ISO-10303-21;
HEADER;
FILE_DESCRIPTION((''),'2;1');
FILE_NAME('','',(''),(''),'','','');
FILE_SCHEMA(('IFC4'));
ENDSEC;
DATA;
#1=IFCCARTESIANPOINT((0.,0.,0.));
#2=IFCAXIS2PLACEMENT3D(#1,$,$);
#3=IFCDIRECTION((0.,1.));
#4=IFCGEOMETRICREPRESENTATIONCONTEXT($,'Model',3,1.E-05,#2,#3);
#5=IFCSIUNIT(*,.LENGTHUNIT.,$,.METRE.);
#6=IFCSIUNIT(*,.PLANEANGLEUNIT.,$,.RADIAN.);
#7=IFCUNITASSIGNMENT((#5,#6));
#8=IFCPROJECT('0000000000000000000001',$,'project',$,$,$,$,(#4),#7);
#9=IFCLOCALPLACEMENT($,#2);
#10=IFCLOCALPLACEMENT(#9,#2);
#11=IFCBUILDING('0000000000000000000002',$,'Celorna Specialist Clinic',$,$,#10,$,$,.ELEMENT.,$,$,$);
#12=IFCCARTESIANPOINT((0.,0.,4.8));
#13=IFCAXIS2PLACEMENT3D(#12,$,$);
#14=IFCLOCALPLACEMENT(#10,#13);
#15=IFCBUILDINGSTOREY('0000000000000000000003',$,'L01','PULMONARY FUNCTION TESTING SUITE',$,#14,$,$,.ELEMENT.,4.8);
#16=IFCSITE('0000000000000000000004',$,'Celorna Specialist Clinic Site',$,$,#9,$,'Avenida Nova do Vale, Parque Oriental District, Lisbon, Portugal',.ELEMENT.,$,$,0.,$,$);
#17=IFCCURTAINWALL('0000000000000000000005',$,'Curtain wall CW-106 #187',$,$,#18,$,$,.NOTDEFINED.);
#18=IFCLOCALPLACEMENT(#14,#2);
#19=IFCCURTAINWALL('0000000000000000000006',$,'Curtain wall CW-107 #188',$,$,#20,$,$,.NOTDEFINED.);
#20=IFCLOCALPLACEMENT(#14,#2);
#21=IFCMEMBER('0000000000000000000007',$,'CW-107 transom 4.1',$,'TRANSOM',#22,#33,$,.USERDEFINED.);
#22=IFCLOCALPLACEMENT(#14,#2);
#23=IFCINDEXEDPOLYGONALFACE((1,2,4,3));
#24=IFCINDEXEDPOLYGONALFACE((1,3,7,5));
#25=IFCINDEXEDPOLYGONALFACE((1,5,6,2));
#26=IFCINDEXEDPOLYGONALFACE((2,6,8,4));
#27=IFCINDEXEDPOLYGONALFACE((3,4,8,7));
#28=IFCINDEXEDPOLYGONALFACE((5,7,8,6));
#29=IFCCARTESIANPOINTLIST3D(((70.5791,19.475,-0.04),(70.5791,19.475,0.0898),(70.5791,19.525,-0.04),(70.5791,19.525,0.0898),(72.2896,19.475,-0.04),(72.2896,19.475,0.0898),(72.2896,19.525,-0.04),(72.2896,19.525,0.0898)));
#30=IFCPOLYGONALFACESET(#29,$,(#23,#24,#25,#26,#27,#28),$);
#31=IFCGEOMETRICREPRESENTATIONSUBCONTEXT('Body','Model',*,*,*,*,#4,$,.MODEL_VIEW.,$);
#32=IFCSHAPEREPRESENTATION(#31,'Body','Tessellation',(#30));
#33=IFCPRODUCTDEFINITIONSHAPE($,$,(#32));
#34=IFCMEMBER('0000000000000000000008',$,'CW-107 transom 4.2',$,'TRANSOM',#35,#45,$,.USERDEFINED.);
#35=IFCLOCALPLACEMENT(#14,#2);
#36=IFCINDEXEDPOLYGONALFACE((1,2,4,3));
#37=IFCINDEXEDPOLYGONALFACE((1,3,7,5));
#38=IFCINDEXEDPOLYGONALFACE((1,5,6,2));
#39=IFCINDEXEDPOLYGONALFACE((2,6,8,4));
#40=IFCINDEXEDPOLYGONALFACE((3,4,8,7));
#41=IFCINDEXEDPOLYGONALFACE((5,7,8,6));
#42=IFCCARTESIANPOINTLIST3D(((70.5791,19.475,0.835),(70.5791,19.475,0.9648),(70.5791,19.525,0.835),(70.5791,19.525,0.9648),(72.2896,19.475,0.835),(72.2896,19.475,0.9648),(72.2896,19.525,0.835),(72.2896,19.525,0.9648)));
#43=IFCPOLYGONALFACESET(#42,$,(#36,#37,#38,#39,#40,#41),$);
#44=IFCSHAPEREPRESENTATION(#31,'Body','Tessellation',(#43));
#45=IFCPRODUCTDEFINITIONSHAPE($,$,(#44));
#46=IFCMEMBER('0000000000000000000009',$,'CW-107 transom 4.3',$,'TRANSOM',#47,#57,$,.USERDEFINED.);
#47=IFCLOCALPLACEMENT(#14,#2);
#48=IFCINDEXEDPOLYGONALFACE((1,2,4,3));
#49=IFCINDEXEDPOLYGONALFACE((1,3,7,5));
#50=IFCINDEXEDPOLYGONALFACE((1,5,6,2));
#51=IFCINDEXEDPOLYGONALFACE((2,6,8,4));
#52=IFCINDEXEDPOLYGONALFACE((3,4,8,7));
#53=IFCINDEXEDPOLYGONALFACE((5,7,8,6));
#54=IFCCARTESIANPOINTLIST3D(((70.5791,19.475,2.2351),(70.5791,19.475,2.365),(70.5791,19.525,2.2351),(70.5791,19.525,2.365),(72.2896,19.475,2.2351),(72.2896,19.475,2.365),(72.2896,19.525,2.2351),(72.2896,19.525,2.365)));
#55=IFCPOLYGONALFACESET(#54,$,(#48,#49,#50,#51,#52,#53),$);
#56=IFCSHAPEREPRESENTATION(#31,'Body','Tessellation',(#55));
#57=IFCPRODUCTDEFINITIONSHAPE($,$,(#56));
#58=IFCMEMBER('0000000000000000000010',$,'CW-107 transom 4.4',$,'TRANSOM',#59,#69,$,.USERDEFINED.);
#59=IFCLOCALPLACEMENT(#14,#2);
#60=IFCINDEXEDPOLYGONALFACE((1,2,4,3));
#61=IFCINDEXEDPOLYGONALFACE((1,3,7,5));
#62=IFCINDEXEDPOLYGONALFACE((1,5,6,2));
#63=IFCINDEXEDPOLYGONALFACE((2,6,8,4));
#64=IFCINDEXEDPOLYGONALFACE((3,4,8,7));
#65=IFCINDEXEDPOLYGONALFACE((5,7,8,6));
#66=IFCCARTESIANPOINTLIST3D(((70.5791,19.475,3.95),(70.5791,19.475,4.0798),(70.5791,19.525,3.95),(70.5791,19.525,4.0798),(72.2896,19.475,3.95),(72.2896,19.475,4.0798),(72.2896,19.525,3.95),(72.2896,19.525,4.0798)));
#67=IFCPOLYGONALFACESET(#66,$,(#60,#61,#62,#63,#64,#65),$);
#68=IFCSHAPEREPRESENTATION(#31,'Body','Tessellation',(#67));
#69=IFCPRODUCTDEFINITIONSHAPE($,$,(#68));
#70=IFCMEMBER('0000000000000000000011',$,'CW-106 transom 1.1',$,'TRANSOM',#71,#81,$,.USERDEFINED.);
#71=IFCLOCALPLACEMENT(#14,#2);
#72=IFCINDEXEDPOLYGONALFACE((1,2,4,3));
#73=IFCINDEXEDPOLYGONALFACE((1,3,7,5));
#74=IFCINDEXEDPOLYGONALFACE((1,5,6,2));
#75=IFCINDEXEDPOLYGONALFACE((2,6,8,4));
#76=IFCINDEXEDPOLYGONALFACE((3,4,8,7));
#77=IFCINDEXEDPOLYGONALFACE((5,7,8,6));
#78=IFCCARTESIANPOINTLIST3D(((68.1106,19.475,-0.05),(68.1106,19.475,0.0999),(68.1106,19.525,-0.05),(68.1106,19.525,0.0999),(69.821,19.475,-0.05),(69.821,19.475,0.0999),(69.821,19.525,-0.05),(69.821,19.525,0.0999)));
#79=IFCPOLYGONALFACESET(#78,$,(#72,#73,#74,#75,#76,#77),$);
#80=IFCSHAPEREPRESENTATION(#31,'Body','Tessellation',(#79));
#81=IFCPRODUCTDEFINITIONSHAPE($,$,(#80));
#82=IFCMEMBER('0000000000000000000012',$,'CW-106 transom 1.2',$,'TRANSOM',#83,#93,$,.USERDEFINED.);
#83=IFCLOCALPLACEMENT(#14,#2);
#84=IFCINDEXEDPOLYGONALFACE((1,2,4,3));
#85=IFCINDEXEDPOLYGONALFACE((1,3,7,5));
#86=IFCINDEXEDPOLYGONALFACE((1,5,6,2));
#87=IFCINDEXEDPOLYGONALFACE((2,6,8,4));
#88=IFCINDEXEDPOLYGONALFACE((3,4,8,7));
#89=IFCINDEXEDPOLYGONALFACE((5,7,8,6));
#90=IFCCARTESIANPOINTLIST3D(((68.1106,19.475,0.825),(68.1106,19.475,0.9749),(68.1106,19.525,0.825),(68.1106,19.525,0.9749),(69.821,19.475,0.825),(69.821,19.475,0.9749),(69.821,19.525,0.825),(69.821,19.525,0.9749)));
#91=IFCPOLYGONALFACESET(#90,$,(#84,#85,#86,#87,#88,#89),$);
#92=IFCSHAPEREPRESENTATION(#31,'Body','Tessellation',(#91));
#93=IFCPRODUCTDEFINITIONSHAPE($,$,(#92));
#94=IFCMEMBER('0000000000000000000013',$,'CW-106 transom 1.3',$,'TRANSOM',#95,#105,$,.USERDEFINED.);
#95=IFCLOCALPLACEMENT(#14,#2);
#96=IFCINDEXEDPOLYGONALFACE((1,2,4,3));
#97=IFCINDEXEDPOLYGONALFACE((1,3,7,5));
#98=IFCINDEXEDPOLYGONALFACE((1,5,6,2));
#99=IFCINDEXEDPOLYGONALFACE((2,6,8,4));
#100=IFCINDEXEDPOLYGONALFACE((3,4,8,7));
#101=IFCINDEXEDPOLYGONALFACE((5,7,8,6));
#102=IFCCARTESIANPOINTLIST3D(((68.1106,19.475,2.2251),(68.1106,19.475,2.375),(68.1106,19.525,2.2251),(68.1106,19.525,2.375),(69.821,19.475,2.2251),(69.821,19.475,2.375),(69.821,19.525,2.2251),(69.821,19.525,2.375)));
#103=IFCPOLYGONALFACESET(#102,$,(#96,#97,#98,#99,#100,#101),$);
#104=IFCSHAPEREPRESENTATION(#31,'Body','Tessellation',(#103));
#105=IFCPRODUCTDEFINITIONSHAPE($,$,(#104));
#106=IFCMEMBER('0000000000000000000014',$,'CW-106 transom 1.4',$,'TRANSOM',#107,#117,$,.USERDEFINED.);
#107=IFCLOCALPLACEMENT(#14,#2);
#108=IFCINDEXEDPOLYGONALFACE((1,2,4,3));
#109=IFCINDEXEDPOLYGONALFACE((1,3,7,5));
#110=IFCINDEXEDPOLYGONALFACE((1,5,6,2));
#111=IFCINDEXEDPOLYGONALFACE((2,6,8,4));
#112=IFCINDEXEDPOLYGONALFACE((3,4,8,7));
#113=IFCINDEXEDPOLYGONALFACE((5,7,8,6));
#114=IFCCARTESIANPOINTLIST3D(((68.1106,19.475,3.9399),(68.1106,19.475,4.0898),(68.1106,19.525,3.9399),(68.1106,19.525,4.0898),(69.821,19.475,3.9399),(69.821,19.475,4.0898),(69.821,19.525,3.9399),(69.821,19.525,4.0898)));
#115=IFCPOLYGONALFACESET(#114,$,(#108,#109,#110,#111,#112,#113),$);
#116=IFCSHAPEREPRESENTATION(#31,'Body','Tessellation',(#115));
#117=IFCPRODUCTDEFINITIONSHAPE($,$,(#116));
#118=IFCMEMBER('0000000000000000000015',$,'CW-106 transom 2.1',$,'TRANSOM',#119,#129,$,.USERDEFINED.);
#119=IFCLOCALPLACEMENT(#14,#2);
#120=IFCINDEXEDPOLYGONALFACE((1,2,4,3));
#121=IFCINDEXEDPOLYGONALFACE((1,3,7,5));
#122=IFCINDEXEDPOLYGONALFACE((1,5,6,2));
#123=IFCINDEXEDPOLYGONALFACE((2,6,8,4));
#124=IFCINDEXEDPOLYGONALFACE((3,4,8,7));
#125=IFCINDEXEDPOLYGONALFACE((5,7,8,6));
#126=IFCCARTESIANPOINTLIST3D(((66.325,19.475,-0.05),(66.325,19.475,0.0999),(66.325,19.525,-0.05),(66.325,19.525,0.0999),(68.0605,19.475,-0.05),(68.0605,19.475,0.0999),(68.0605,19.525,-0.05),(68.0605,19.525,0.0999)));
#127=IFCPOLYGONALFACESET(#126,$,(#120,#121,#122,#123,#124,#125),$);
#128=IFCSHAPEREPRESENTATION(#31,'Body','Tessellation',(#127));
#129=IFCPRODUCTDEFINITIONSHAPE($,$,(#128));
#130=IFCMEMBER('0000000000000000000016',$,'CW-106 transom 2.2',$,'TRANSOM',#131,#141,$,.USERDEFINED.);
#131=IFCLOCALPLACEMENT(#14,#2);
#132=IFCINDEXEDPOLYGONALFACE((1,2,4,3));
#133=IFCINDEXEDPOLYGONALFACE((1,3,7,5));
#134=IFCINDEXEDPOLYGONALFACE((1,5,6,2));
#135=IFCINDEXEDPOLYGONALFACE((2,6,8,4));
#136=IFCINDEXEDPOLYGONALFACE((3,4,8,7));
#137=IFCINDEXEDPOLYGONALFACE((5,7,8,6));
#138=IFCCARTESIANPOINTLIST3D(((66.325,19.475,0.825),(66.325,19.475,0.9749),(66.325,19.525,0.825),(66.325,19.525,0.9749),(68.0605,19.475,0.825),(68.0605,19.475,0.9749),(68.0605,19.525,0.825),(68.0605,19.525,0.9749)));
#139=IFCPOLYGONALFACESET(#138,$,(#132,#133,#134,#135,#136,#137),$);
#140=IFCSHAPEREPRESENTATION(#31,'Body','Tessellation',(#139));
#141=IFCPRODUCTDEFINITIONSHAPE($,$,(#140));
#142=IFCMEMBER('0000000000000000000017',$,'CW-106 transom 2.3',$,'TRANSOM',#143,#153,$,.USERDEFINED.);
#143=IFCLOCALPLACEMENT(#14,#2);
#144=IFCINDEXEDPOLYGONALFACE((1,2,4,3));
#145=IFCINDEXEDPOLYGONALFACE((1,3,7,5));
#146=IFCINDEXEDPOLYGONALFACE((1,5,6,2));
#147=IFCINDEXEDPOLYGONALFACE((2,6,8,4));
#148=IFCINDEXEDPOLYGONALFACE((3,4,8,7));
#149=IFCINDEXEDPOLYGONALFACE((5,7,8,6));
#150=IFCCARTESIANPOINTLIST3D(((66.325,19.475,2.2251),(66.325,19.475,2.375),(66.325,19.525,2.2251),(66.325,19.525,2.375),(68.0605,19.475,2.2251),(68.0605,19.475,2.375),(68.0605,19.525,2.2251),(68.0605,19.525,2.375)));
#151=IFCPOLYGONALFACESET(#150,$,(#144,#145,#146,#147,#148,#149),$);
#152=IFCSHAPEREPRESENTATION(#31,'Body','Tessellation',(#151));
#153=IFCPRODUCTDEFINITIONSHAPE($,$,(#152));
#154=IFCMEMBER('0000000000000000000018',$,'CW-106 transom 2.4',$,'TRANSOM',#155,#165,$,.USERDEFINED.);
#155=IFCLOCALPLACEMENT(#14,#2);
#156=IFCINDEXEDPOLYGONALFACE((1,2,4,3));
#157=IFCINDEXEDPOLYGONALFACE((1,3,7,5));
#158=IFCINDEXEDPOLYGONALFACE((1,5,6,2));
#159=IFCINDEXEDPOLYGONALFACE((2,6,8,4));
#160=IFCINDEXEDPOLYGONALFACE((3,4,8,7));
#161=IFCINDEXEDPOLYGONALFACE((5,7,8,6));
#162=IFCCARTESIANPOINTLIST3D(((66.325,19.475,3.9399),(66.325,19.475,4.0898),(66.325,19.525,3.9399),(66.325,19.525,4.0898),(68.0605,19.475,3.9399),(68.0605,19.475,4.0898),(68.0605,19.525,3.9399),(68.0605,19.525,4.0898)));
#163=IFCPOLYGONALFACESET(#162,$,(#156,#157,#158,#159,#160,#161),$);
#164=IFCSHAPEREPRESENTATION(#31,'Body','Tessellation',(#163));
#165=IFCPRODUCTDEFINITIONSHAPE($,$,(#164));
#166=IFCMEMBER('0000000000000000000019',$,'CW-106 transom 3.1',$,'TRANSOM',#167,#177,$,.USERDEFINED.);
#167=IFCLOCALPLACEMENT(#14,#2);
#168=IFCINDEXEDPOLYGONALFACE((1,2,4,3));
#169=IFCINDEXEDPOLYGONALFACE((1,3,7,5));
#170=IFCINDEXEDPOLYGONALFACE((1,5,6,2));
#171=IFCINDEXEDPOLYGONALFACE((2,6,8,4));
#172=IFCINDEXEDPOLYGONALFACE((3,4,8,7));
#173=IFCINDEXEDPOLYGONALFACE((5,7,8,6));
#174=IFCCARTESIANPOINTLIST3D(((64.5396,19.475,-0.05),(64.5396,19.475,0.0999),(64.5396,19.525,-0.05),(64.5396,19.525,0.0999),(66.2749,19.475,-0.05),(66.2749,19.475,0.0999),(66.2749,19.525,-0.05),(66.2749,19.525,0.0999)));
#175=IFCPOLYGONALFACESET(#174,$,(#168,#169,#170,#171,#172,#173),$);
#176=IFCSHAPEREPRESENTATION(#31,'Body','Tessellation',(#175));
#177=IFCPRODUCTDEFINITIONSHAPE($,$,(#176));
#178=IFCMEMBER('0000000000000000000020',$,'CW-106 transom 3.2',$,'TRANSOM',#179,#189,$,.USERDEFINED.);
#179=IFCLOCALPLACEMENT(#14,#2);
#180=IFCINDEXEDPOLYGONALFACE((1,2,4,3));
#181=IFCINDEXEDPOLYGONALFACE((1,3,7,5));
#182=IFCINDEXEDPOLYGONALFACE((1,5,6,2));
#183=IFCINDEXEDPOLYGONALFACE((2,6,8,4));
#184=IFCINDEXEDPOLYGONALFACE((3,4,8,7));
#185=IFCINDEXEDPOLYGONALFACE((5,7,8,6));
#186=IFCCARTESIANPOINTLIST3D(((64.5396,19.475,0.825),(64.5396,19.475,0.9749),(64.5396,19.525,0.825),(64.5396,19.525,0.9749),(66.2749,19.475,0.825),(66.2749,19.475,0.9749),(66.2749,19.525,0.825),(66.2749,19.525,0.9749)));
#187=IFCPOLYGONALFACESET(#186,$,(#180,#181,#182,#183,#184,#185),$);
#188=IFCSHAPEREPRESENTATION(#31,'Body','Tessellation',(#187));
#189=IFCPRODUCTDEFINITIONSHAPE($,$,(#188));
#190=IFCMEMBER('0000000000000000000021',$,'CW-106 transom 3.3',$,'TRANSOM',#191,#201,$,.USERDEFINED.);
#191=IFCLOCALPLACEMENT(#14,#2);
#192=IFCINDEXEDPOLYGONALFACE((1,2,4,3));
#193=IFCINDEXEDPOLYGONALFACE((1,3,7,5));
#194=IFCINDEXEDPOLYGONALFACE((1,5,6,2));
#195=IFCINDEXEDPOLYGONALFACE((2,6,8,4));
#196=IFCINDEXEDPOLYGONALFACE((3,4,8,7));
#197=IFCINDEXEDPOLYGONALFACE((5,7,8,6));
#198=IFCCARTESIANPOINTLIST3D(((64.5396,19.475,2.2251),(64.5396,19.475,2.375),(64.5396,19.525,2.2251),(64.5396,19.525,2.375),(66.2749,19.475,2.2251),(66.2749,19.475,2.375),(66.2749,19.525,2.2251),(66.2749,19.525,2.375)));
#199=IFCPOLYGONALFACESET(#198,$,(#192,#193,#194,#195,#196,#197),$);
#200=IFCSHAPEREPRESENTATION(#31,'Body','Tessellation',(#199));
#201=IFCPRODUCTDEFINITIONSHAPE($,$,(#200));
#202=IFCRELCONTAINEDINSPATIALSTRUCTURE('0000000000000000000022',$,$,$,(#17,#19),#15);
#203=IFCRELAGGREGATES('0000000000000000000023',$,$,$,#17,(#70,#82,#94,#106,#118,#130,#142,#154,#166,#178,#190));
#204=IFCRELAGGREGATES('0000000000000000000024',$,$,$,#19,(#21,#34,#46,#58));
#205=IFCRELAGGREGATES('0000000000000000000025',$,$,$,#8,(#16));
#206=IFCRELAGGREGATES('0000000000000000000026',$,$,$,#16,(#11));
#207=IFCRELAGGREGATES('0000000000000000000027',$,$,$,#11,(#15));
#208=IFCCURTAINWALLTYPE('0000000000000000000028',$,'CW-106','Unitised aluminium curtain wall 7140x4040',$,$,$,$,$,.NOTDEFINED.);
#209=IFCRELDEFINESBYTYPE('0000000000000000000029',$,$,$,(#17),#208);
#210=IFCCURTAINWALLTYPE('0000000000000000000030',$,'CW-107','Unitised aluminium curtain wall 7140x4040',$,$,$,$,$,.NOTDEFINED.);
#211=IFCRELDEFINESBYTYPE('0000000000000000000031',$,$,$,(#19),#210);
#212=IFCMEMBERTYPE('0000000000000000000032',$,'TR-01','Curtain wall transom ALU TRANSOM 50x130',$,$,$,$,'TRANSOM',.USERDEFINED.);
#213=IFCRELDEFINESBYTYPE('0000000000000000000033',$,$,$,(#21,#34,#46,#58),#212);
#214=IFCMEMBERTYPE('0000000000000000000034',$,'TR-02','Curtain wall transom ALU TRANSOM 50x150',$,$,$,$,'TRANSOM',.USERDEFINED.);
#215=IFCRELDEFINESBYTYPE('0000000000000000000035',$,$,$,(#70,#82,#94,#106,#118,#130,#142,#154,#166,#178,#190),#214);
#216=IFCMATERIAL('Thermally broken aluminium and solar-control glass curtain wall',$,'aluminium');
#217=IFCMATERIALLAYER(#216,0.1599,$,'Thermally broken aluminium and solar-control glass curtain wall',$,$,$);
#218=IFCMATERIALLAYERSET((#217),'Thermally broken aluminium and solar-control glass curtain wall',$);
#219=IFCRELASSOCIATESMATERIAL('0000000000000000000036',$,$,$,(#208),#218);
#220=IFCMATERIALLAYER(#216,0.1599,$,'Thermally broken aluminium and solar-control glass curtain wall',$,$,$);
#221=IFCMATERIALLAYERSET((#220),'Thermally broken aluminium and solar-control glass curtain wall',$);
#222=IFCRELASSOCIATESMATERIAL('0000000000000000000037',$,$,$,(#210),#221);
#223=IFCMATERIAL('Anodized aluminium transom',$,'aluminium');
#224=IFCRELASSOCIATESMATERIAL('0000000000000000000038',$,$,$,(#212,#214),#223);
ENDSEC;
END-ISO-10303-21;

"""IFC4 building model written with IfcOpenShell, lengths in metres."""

from ifc_helpers import new_model, si_unit, direction, frame, origin, origin_2d, place, context, subcontext, project, spatial, rectangle, extrude, material, layer, layer_set, material_profile, profile_set, type_object, element, aggregate, save


model = new_model("IFC4")

# Units and contexts
model_context = context("Model", 3, precision=1e-05, world=origin(), true_north=direction((0.0, 1.0)))
body_context = subcontext(model_context, "Body", "Model", "MODEL_VIEW")
ifc_project = project(units=[si_unit("LENGTHUNIT", "METRE"), si_unit("PLANEANGLEUNIT", "RADIAN")], contexts=[model_context])

# Site, building, storey
site_placement = place(None, origin())
site = spatial("IfcSite", under=ifc_project, at=site_placement, Name="Celorna Specialist Clinic Site", LongName="Avenida Nova do Vale, Parque Oriental District, Lisbon, Portugal", CompositionType="ELEMENT", RefElevation=0.0)
building_placement = place(site_placement, origin())
building = spatial("IfcBuilding", under=site, at=building_placement, Name="Celorna Specialist Clinic", CompositionType="ELEMENT")
storey_placement = place(building_placement, frame((0.0, 0.0, 4.8)))
storey = spatial("IfcBuildingStorey", under=building, at=storey_placement, Name="L01", Description="PULMONARY FUNCTION TESTING SUITE", CompositionType="ELEMENT", Elevation=4.8)

# Curtain walls, members
ifc_material_1 = material(Name="Thermally broken aluminium and solar-control glass curtain wall", Category="aluminium")
ifc_layer_1 = layer(ifc_material_1, 0.1599, Name="Thermally broken aluminium and solar-control glass curtain wall")
ifc_layer_set_1 = layer_set([ifc_layer_1], Name="Thermally broken aluminium and solar-control glass curtain wall")
curtain_wall_type_1 = type_object("IfcCurtainWallType", Name="CW-106", Description="Unitised aluminium curtain wall 7140x4040", PredefinedType="NOTDEFINED", material=ifc_layer_set_1)
curtain_wall_1_placement = place(storey_placement, origin())
curtain_wall_1 = element("IfcCurtainWall", 1, at=curtain_wall_1_placement, inside=storey, type_object=curtain_wall_type_1, Name="Curtain wall CW-106 #187", PredefinedType="NOTDEFINED")
ifc_layer_2 = layer(ifc_material_1, 0.1599, Name="Thermally broken aluminium and solar-control glass curtain wall")
ifc_layer_set_2 = layer_set([ifc_layer_2], Name="Thermally broken aluminium and solar-control glass curtain wall")
curtain_wall_type_2 = type_object("IfcCurtainWallType", Name="CW-107", Description="Unitised aluminium curtain wall 7140x4040", PredefinedType="NOTDEFINED", material=ifc_layer_set_2)
curtain_wall_2_placement = place(storey_placement, origin())
curtain_wall_2 = element("IfcCurtainWall", 2, at=curtain_wall_2_placement, inside=storey, type_object=curtain_wall_type_2, Name="Curtain wall CW-107 #188", PredefinedType="NOTDEFINED")
ifc_material_2 = material(Name="Anodized aluminium transom", Category="aluminium")
ifc_material_profile_1 = material_profile(ifc_material_2, rectangle(XDim=0.05, YDim=0.1299, at=origin_2d()), Name="ALU TRANSOM 50x130")
ifc_profile_set_1 = profile_set([ifc_material_profile_1], Name="Anodized aluminium transom")
member_type_1 = type_object("IfcMemberType", Name="TR-01", Description="Curtain wall transom ALU TRANSOM 50x130", ElementType="TRANSOM", PredefinedType="USERDEFINED", material=ifc_profile_set_1)
member_1_placement = place(storey_placement, frame((72.2896, 19.5, 0.0249), z_axis=(-1.0, 0.0, 0.0), x_axis=(0.0, -1.0, 0.0)))
member_1 = element("IfcMember", 3, at=member_1_placement, type_object=member_type_1, Name="CW-107 transom 4.1", ObjectType="TRANSOM", PredefinedType="USERDEFINED", context=body_context, shape_type="SweptSolid", body=[
    extrude(rectangle(XDim=0.05, YDim=0.1299, at=origin_2d()), origin(), (0.0, 0.0, 1.0), 1.7104),
])
member_2_placement = place(storey_placement, frame((72.2896, 19.5, 0.8999), z_axis=(-1.0, 0.0, 0.0), x_axis=(0.0, -1.0, 0.0)))
member_2 = element("IfcMember", 4, at=member_2_placement, type_object=member_type_1, Name="CW-107 transom 4.2", ObjectType="TRANSOM", PredefinedType="USERDEFINED", context=body_context, shape_type="SweptSolid", body=[
    extrude(rectangle(XDim=0.05, YDim=0.1299, at=origin_2d()), origin(), (0.0, 0.0, 1.0), 1.7104),
])
member_3_placement = place(storey_placement, frame((72.2896, 19.5, 2.3), z_axis=(-1.0, 0.0, 0.0), x_axis=(0.0, -1.0, 0.0)))
member_3 = element("IfcMember", 5, at=member_3_placement, type_object=member_type_1, Name="CW-107 transom 4.3", ObjectType="TRANSOM", PredefinedType="USERDEFINED", context=body_context, shape_type="SweptSolid", body=[
    extrude(rectangle(XDim=0.05, YDim=0.1299, at=origin_2d()), origin(), (0.0, 0.0, 1.0), 1.7104),
])
member_4_placement = place(storey_placement, frame((72.2896, 19.5, 4.0149), z_axis=(-1.0, 0.0, 0.0), x_axis=(0.0, -1.0, 0.0)))
member_4 = element("IfcMember", 6, at=member_4_placement, type_object=member_type_1, Name="CW-107 transom 4.4", ObjectType="TRANSOM", PredefinedType="USERDEFINED", context=body_context, shape_type="SweptSolid", body=[
    extrude(rectangle(XDim=0.05, YDim=0.1299, at=origin_2d()), origin(), (0.0, 0.0, 1.0), 1.7104),
])

# Members
ifc_material_profile_2 = material_profile(ifc_material_2, rectangle(XDim=0.05, YDim=0.1499, at=origin_2d()), Name="ALU TRANSOM 50x150")
ifc_profile_set_2 = profile_set([ifc_material_profile_2], Name="Anodized aluminium transom")
member_type_2 = type_object("IfcMemberType", Name="TR-02", Description="Curtain wall transom ALU TRANSOM 50x150", ElementType="TRANSOM", PredefinedType="USERDEFINED", material=ifc_profile_set_2)
member_5_placement = place(storey_placement, frame((69.821, 19.5, 0.0249), z_axis=(-1.0, 0.0, 0.0), x_axis=(0.0, -1.0, 0.0)))
member_5 = element("IfcMember", 7, at=member_5_placement, type_object=member_type_2, Name="CW-106 transom 1.1", ObjectType="TRANSOM", PredefinedType="USERDEFINED", context=body_context, shape_type="SweptSolid", body=[
    extrude(rectangle(XDim=0.05, YDim=0.1499, at=origin_2d()), origin(), (0.0, 0.0, 1.0), 1.7104),
])
member_6_placement = place(storey_placement, frame((69.821, 19.5, 0.8999), z_axis=(-1.0, 0.0, 0.0), x_axis=(0.0, -1.0, 0.0)))
member_6 = element("IfcMember", 8, at=member_6_placement, type_object=member_type_2, Name="CW-106 transom 1.2", ObjectType="TRANSOM", PredefinedType="USERDEFINED", context=body_context, shape_type="SweptSolid", body=[
    extrude(rectangle(XDim=0.05, YDim=0.1499, at=origin_2d()), origin(), (0.0, 0.0, 1.0), 1.7104),
])
member_7_placement = place(storey_placement, frame((69.821, 19.5, 2.3), z_axis=(-1.0, 0.0, 0.0), x_axis=(0.0, -1.0, 0.0)))
member_7 = element("IfcMember", 9, at=member_7_placement, type_object=member_type_2, Name="CW-106 transom 1.3", ObjectType="TRANSOM", PredefinedType="USERDEFINED", context=body_context, shape_type="SweptSolid", body=[
    extrude(rectangle(XDim=0.05, YDim=0.1499, at=origin_2d()), origin(), (0.0, 0.0, 1.0), 1.7104),
])
member_8_placement = place(storey_placement, frame((69.821, 19.5, 4.0149), z_axis=(-1.0, 0.0, 0.0), x_axis=(0.0, -1.0, 0.0)))
member_8 = element("IfcMember", 10, at=member_8_placement, type_object=member_type_2, Name="CW-106 transom 1.4", ObjectType="TRANSOM", PredefinedType="USERDEFINED", context=body_context, shape_type="SweptSolid", body=[
    extrude(rectangle(XDim=0.05, YDim=0.1499, at=origin_2d()), origin(), (0.0, 0.0, 1.0), 1.7104),
])
member_9_placement = place(storey_placement, frame((68.0605, 19.5, 0.0249), z_axis=(-1.0, 0.0, 0.0), x_axis=(0.0, -1.0, 0.0)))
member_9 = element("IfcMember", 11, at=member_9_placement, type_object=member_type_2, Name="CW-106 transom 2.1", ObjectType="TRANSOM", PredefinedType="USERDEFINED", context=body_context, shape_type="SweptSolid", body=[
    extrude(rectangle(XDim=0.05, YDim=0.1499, at=origin_2d()), origin(), (0.0, 0.0, 1.0), 1.7356),
])
member_10_placement = place(storey_placement, frame((68.0605, 19.5, 0.8999), z_axis=(-1.0, 0.0, 0.0), x_axis=(0.0, -1.0, 0.0)))
member_10 = element("IfcMember", 12, at=member_10_placement, type_object=member_type_2, Name="CW-106 transom 2.2", ObjectType="TRANSOM", PredefinedType="USERDEFINED", context=body_context, shape_type="SweptSolid", body=[
    extrude(rectangle(XDim=0.05, YDim=0.1499, at=origin_2d()), origin(), (0.0, 0.0, 1.0), 1.7356),
])
member_11_placement = place(storey_placement, frame((68.0605, 19.5, 2.3), z_axis=(-1.0, 0.0, 0.0), x_axis=(0.0, -1.0, 0.0)))
member_11 = element("IfcMember", 13, at=member_11_placement, type_object=member_type_2, Name="CW-106 transom 2.3", ObjectType="TRANSOM", PredefinedType="USERDEFINED", context=body_context, shape_type="SweptSolid", body=[
    extrude(rectangle(XDim=0.05, YDim=0.1499, at=origin_2d()), origin(), (0.0, 0.0, 1.0), 1.7356),
])
member_12_placement = place(storey_placement, frame((68.0605, 19.5, 4.0149), z_axis=(-1.0, 0.0, 0.0), x_axis=(0.0, -1.0, 0.0)))
member_12 = element("IfcMember", 14, at=member_12_placement, type_object=member_type_2, Name="CW-106 transom 2.4", ObjectType="TRANSOM", PredefinedType="USERDEFINED", context=body_context, shape_type="SweptSolid", body=[
    extrude(rectangle(XDim=0.05, YDim=0.1499, at=origin_2d()), origin(), (0.0, 0.0, 1.0), 1.7356),
])
member_13_placement = place(storey_placement, frame((66.2749, 19.5, 0.0249), z_axis=(-1.0, 0.0, 0.0), x_axis=(0.0, -1.0, 0.0)))
member_13 = element("IfcMember", 15, at=member_13_placement, type_object=member_type_2, Name="CW-106 transom 3.1", ObjectType="TRANSOM", PredefinedType="USERDEFINED", context=body_context, shape_type="SweptSolid", body=[
    extrude(rectangle(XDim=0.05, YDim=0.1499, at=origin_2d()), origin(), (0.0, 0.0, 1.0), 1.7354),
])
member_14_placement = place(storey_placement, frame((66.2749, 19.5, 0.8999), z_axis=(-1.0, 0.0, 0.0), x_axis=(0.0, -1.0, 0.0)))
member_14 = element("IfcMember", 16, at=member_14_placement, type_object=member_type_2, Name="CW-106 transom 3.2", ObjectType="TRANSOM", PredefinedType="USERDEFINED", context=body_context, shape_type="SweptSolid", body=[
    extrude(rectangle(XDim=0.05, YDim=0.1499, at=origin_2d()), origin(), (0.0, 0.0, 1.0), 1.7354),
])
member_15_placement = place(storey_placement, frame((66.2749, 19.5, 2.3), z_axis=(-1.0, 0.0, 0.0), x_axis=(0.0, -1.0, 0.0)))
member_15 = element("IfcMember", 17, at=member_15_placement, type_object=member_type_2, Name="CW-106 transom 3.3", ObjectType="TRANSOM", PredefinedType="USERDEFINED", context=body_context, shape_type="SweptSolid", body=[
    extrude(rectangle(XDim=0.05, YDim=0.1499, at=origin_2d()), origin(), (0.0, 0.0, 1.0), 1.7354),
])

aggregate(curtain_wall_1, [member_5, member_6, member_7, member_8, member_9, member_10, member_11, member_12, member_13, member_14, member_15])
aggregate(curtain_wall_2, [member_1, member_2, member_3, member_4])

save(model, "model.ifc")
